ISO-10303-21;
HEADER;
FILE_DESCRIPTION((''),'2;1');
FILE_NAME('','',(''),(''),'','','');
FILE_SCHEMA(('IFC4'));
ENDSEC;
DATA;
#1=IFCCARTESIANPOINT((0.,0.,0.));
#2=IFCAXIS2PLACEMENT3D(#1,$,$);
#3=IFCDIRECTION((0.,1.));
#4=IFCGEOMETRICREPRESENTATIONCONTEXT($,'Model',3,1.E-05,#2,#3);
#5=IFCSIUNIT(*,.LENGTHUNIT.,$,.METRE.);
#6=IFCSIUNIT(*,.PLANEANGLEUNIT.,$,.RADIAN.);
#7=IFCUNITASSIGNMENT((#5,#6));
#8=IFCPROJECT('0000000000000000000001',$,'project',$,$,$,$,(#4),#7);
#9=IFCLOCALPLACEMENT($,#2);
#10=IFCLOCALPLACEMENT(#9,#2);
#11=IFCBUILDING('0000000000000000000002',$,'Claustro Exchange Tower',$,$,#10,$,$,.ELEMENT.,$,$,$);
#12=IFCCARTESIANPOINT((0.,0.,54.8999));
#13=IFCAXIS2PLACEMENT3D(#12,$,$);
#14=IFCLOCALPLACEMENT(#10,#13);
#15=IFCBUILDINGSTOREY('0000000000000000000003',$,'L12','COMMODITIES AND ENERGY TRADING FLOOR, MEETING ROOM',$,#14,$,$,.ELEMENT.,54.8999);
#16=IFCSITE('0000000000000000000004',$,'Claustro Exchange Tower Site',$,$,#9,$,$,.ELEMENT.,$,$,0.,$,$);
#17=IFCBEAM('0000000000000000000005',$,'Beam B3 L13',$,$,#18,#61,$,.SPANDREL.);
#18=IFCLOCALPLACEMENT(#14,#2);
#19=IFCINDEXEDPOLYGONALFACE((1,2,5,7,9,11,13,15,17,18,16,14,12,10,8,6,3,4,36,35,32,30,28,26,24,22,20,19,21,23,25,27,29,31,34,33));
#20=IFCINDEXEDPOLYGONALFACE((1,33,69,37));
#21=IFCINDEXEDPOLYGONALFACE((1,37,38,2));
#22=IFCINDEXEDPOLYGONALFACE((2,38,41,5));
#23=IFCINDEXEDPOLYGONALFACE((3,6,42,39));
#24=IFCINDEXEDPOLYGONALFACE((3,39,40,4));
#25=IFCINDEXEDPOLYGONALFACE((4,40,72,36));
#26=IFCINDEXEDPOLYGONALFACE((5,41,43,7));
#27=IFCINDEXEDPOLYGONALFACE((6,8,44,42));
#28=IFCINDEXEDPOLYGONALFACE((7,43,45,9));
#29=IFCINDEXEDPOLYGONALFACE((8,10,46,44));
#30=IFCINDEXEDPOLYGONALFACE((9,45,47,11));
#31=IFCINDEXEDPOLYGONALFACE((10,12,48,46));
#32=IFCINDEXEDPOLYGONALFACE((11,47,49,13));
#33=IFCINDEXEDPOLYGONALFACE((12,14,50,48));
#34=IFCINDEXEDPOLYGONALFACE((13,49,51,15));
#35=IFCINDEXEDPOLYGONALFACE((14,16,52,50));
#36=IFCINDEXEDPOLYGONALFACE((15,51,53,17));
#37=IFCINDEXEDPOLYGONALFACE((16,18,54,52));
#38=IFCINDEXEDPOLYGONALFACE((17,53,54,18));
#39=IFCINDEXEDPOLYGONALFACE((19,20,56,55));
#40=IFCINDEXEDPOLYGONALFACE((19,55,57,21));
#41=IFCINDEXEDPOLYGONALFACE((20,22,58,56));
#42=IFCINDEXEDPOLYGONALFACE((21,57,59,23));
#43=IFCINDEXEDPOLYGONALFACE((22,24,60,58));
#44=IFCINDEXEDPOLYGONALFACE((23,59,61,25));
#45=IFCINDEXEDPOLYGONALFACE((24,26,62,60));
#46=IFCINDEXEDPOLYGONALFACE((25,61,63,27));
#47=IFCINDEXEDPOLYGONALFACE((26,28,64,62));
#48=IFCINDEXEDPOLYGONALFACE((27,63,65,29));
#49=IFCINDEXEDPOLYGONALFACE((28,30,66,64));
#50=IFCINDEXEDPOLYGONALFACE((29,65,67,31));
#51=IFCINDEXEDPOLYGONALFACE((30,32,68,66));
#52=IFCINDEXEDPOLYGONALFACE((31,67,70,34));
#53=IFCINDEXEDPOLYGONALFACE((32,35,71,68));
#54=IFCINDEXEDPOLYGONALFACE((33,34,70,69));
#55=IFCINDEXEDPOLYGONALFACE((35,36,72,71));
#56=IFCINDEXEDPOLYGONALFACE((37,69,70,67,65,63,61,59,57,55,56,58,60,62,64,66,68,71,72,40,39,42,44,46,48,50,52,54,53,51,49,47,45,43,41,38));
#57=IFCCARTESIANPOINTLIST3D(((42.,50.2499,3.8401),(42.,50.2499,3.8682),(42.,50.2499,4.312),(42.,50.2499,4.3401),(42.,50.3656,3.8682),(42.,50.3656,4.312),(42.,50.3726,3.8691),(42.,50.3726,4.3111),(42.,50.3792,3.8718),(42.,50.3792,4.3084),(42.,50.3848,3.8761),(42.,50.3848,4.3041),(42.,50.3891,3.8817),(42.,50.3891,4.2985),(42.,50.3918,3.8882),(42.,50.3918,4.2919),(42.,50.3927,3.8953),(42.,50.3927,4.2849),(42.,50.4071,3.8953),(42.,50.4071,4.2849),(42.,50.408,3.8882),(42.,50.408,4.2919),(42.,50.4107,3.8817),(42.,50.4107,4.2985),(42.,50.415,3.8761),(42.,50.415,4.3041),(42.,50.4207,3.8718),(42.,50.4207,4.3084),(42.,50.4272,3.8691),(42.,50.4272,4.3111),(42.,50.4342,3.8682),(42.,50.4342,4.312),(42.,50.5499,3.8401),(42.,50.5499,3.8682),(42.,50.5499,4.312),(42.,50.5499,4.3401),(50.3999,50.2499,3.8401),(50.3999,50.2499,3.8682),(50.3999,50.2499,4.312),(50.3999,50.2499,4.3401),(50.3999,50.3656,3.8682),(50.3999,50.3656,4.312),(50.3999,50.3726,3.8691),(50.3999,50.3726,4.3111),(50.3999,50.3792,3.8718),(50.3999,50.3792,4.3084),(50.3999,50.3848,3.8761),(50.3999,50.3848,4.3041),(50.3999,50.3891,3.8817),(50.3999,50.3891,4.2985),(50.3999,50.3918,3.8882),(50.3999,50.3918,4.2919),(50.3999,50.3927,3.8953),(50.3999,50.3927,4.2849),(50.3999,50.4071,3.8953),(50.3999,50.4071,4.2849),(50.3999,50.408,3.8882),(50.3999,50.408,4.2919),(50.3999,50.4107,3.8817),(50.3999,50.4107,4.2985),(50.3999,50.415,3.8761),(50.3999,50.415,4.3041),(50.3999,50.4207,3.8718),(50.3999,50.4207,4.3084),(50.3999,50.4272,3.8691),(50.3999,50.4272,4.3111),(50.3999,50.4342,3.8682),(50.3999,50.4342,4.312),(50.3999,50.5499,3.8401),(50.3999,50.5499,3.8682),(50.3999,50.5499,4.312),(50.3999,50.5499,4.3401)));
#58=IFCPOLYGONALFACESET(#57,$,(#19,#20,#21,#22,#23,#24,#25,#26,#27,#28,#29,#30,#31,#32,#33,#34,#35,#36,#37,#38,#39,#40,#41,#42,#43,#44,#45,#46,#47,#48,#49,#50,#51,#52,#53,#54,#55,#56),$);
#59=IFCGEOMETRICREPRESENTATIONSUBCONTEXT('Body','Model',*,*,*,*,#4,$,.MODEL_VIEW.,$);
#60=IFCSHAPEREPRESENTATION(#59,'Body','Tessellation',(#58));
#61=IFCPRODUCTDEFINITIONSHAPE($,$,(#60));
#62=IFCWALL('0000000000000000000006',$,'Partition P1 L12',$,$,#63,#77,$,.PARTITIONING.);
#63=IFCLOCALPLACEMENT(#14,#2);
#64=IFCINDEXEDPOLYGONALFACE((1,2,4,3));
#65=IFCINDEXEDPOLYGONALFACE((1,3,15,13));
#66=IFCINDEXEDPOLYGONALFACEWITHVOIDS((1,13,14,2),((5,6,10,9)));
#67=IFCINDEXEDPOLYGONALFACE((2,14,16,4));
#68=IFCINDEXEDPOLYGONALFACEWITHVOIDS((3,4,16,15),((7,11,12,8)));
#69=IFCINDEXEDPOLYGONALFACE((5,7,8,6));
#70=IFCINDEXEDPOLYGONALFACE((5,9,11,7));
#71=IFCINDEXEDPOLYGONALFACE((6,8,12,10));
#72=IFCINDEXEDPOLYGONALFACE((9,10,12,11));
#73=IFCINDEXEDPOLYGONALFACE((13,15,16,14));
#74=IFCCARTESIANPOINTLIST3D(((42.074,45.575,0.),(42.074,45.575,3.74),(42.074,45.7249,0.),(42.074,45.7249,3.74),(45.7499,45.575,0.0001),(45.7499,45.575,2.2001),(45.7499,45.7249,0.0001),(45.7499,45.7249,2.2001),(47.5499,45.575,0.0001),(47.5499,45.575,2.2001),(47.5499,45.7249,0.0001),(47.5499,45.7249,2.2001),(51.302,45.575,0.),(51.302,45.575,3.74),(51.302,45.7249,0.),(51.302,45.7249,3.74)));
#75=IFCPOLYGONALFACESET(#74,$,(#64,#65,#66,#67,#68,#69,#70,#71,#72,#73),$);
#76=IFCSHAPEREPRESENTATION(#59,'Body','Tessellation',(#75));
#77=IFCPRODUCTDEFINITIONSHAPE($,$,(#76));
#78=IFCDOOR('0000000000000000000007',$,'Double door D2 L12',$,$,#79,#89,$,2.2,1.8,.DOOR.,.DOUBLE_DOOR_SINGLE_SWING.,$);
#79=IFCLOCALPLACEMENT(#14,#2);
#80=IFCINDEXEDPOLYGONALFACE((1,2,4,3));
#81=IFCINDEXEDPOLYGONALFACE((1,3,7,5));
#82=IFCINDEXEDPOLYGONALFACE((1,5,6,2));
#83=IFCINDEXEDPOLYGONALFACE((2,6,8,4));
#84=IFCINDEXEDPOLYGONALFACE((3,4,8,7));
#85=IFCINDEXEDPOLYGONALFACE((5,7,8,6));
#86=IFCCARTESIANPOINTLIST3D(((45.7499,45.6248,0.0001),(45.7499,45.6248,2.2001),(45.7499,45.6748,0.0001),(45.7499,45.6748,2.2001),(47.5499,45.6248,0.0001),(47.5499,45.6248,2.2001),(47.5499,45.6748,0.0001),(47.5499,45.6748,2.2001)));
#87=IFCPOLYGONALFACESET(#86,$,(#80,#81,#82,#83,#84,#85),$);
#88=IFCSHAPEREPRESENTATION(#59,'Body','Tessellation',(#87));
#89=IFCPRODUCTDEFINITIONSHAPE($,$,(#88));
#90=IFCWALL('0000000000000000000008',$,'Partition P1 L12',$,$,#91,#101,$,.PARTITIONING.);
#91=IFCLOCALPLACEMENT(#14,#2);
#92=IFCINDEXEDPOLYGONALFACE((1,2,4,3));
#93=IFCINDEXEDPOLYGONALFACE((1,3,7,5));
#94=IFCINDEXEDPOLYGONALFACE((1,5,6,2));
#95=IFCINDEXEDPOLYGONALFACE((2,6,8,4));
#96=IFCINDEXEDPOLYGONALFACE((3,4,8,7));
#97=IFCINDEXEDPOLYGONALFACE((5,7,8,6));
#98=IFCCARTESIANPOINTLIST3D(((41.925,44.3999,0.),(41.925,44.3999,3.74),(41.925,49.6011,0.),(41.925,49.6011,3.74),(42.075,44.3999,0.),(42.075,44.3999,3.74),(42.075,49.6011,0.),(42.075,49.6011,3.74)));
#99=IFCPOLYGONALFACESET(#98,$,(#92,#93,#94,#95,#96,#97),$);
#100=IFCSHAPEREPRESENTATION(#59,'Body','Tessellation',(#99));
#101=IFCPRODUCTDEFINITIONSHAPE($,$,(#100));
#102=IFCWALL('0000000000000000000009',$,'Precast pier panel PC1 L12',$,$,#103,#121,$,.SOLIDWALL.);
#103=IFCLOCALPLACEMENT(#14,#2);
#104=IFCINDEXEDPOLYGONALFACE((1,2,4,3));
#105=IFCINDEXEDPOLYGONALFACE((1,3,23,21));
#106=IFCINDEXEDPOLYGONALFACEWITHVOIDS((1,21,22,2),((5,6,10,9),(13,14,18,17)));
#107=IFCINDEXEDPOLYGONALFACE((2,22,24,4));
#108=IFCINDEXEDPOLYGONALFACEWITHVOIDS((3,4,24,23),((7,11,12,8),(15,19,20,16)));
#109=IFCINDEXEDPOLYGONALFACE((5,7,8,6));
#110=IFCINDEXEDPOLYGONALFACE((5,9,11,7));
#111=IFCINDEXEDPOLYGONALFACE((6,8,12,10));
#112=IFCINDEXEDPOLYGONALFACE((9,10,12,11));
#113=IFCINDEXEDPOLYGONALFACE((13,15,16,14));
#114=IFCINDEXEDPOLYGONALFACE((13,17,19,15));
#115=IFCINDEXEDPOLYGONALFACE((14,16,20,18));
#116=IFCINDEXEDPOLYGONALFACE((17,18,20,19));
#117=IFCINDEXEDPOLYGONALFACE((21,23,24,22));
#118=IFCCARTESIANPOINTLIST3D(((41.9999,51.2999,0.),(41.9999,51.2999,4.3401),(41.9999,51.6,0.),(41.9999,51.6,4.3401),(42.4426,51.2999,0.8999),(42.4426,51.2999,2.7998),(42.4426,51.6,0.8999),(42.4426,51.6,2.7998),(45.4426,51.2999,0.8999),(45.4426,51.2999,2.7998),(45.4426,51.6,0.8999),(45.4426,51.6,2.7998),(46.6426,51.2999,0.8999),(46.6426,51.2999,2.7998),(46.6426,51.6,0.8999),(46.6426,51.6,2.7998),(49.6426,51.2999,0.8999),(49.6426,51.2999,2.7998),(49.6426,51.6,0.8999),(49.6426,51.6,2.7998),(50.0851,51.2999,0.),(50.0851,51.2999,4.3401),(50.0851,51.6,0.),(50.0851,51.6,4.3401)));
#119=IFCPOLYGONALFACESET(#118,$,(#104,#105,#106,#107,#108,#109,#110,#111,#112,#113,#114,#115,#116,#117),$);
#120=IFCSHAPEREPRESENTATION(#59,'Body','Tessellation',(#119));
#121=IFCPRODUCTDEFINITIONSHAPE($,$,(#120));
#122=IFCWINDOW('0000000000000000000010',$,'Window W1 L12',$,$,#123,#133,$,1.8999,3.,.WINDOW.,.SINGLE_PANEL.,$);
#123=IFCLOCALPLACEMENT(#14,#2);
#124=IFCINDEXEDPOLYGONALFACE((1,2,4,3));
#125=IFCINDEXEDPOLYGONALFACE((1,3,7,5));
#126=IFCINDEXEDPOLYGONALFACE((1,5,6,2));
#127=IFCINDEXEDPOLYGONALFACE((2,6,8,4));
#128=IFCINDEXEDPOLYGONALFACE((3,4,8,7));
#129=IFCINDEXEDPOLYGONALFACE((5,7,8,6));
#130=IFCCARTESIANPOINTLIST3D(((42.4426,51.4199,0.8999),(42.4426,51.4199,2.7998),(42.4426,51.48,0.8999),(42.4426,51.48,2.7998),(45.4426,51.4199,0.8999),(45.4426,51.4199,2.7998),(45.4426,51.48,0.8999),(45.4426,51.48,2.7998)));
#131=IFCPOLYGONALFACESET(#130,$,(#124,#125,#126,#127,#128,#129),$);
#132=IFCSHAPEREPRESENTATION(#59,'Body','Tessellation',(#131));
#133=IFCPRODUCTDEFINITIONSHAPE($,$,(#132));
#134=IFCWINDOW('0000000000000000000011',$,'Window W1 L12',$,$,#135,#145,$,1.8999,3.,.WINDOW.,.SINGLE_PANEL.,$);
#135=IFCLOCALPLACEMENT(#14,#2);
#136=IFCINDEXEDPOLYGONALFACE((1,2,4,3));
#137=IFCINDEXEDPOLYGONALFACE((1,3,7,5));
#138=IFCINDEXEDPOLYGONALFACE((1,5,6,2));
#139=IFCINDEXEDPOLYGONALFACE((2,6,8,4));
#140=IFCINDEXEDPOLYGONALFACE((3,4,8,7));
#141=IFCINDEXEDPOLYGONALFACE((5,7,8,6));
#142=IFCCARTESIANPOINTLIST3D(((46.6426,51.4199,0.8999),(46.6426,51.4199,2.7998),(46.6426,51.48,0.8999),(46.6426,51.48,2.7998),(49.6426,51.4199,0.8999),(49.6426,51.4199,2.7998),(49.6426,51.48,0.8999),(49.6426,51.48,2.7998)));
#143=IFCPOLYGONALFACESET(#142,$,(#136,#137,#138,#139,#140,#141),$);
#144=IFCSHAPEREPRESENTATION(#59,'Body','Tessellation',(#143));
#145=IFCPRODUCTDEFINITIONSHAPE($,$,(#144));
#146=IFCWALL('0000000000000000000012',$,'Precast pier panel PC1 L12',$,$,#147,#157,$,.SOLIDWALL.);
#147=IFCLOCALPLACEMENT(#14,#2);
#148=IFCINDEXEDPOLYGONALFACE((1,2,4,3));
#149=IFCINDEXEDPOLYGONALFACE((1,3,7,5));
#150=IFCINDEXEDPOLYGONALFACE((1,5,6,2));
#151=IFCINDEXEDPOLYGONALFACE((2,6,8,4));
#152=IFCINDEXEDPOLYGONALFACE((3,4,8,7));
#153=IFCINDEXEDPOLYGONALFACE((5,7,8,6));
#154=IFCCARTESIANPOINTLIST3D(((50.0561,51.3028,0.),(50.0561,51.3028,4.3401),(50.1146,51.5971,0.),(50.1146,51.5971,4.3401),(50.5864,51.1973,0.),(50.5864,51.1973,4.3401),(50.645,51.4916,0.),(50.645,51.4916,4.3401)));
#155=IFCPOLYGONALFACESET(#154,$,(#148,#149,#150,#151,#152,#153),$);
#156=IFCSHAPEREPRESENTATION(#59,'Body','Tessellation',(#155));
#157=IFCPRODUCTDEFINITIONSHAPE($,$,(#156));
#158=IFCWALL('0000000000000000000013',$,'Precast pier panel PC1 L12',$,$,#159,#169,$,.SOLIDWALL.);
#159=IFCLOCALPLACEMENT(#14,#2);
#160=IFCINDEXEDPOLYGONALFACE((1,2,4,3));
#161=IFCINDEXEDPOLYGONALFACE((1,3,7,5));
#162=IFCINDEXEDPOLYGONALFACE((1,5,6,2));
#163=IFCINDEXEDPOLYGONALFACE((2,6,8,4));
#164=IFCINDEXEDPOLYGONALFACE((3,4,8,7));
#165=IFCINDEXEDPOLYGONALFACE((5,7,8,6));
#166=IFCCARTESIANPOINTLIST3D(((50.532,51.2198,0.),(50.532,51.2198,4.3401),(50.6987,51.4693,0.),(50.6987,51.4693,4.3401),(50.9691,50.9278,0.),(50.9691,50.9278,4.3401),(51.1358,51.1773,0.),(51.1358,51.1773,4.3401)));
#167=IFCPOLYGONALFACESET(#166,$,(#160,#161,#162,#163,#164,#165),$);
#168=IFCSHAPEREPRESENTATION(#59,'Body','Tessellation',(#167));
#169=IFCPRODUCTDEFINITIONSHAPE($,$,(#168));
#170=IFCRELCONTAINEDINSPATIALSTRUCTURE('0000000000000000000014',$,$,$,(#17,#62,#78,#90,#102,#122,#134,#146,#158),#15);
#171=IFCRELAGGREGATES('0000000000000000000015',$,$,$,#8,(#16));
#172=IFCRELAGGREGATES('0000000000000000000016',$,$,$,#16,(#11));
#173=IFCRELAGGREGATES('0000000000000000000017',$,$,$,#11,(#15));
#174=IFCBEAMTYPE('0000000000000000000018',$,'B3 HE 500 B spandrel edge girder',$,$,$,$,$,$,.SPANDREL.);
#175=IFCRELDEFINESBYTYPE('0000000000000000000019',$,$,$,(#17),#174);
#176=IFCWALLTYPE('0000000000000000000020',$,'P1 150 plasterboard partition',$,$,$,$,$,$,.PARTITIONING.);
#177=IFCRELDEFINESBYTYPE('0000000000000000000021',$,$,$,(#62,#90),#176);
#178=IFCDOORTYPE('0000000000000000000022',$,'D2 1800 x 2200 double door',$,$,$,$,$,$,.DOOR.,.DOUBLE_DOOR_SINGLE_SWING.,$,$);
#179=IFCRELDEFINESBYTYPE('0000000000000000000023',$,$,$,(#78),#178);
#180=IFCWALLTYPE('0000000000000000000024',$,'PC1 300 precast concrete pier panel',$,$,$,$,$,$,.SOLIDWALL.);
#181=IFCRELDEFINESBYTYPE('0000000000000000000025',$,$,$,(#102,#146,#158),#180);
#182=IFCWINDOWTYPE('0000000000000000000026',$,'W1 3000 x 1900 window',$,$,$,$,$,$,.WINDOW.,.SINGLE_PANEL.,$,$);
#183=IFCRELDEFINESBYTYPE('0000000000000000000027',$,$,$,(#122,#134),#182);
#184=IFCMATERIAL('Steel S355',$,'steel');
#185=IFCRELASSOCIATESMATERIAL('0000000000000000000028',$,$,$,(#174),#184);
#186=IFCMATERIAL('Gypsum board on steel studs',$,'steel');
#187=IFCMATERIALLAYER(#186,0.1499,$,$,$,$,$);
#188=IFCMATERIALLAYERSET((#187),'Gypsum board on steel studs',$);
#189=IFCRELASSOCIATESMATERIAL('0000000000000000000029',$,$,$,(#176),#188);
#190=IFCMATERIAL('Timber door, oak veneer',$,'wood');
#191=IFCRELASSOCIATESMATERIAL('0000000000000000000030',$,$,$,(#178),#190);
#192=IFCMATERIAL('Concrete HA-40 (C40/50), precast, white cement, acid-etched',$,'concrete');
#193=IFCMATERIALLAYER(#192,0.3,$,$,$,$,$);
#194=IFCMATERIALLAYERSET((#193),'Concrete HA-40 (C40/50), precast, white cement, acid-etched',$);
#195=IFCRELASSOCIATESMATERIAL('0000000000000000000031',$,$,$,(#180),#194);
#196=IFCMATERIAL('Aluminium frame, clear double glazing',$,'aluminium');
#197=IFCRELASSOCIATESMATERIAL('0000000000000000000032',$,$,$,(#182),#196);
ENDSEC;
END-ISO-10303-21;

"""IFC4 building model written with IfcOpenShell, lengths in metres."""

from ifc_helpers import new_model, si_unit, direction, frame, frame_2d, origin, origin_2d, place, context, subcontext, project, spatial, rectangle, i_section, extrude, material, layer, layer_set, material_profile, profile_set, type_object, element, fill, save


model = new_model("IFC4")

# Units and contexts
model_context = context("Model", 3, precision=1e-05, world=origin(), true_north=direction((0.0, 1.0)))
body_context = subcontext(model_context, "Body", "Model", "MODEL_VIEW")
ifc_project = project(units=[si_unit("LENGTHUNIT", "METRE"), si_unit("PLANEANGLEUNIT", "RADIAN")], contexts=[model_context])

# Site, building, storey
site_placement = place(None, origin())
site = spatial("IfcSite", under=ifc_project, at=site_placement, Name="Claustro Exchange Tower Site", CompositionType="ELEMENT", RefElevation=0.0)
building_placement = place(site_placement, origin())
building = spatial("IfcBuilding", under=site, at=building_placement, Name="Claustro Exchange Tower", CompositionType="ELEMENT")
storey_placement = place(building_placement, frame((0.0, 0.0, 54.8999)))
storey = spatial("IfcBuildingStorey", under=building, at=storey_placement, Name="L12", Description="COMMODITIES AND ENERGY TRADING FLOOR, MEETING ROOM", CompositionType="ELEMENT", Elevation=54.8999)

# Beam
ifc_material_1 = material(Name="Steel S355", Category="steel")
ifc_material_profile_1 = material_profile(ifc_material_1, i_section(OverallWidth=0.3, OverallDepth=0.5, WebThickness=0.0144, FlangeThickness=0.0281, FilletRadius=0.0271, at=origin_2d()), Name="HE 500 B")
ifc_profile_set_1 = profile_set([ifc_material_profile_1], Name="Steel S355")
beam_type_1 = type_object("IfcBeamType", Name="B3 HE 500 B spandrel edge girder", PredefinedType="SPANDREL", material=ifc_profile_set_1)
for number, where, z_axis, x_axis, name in (
    (1, (42.0, 50.3999, 4.0901), (1.0, 0.0, 0.0), (0.0, 1.0, 0.0), "Beam B3 L13"),
):
    element("IfcBeam", number, at=place(storey_placement, frame(where, z_axis=z_axis, x_axis=x_axis)), inside=storey, type_object=beam_type_1, Name=name, PredefinedType="SPANDREL", context=body_context, shape_type="SweptSolid", body=[
        extrude(i_section(OverallWidth=0.3, OverallDepth=0.5, WebThickness=0.0144, FlangeThickness=0.0281, FilletRadius=0.0271, at=origin_2d()), origin(), (0.0, 0.0, 1.0), 8.3999),
    ])

# Wall, opening, door
ifc_material_2 = material(Name="Gypsum board on steel studs", Category="steel")
ifc_layer_1 = layer(ifc_material_2, 0.1499)
ifc_layer_set_1 = layer_set([ifc_layer_1], Name="Gypsum board on steel studs")
wall_type_1 = type_object("IfcWallType", Name="P1 150 plasterboard partition", PredefinedType="PARTITIONING", material=ifc_layer_set_1)
wall_1_placement = place(storey_placement, frame((42.074, 45.6499, 0.0), z_axis=(0.0, 0.0, 1.0), x_axis=(1.0, 0.0, 0.0)))
wall_1 = element("IfcWall", 2, at=wall_1_placement, inside=storey, type_object=wall_type_1, Name="Partition P1 L12", PredefinedType="PARTITIONING", context=body_context, shape_type="SweptSolid", body=[
    extrude(rectangle(XDim=9.228, YDim=0.1499, at=frame_2d((4.614, 0.0))), origin(), (0.0, 0.0, 1.0), 3.74),
])
opening_1_placement = place(wall_1_placement, frame((3.676, 0.0, 0.0)))
opening_1 = element("IfcOpeningElement", 3, at=opening_1_placement, cuts=wall_1, PredefinedType="OPENING", context=body_context, shape_type="SweptSolid", body=[
    extrude(rectangle(XDim=1.8, YDim=2.2, at=frame_2d((0.8999, 1.1001))), frame((0.0, 0.085, 0.0), z_axis=(0.0, -1.0, 0.0), x_axis=(1.0, 0.0, 0.0)), (0.0, 0.0, 1.0), 0.1699),
])
ifc_material_3 = material(Name="Timber door, oak veneer", Category="wood")
door_type = type_object("IfcDoorType", Name="D2 1800 x 2200 double door", OperationType="DOUBLE_DOOR_SINGLE_SWING", PredefinedType="DOOR", material=ifc_material_3)
door_placement = place(opening_1_placement, origin())
door = element("IfcDoor", 4, at=door_placement, inside=storey, type_object=door_type, Name="Double door D2 L12", OperationType="DOUBLE_DOOR_SINGLE_SWING", OverallHeight=2.2, OverallWidth=1.8, PredefinedType="DOOR", context=body_context, shape_type="SweptSolid", body=[
    extrude(rectangle(XDim=1.8, YDim=2.2, at=frame_2d((0.8999, 1.1001))), frame((0.0, 0.0249, 0.0), z_axis=(0.0, -1.0, 0.0), x_axis=(1.0, 0.0, 0.0)), (0.0, 0.0, 1.0), 0.05),
])
fill(opening_1, door)

# Wall
wall_2_placement = place(storey_placement, frame((42.0, 44.3999, 0.0), z_axis=(0.0, 0.0, 1.0), x_axis=(0.0, 1.0, 0.0)))
element("IfcWall", 5, at=wall_2_placement, inside=storey, type_object=wall_type_1, Name="Partition P1 L12", PredefinedType="PARTITIONING", context=body_context, shape_type="SweptSolid", body=[
    extrude(rectangle(XDim=5.2012, YDim=0.1499, at=frame_2d((2.6006, 0.0))), origin(), (0.0, 0.0, 1.0), 3.74),
])

# Wall, openings, windows
ifc_material_4 = material(Name="Concrete HA-40 (C40/50), precast, white cement, acid-etched", Category="concrete")
ifc_layer_2 = layer(ifc_material_4, 0.3)
ifc_layer_set_2 = layer_set([ifc_layer_2], Name="Concrete HA-40 (C40/50), precast, white cement, acid-etched")
wall_type_2 = type_object("IfcWallType", Name="PC1 300 precast concrete pier panel", PredefinedType="SOLIDWALL", material=ifc_layer_set_2)
wall_3_placement = place(storey_placement, frame((42.0, 51.45, 0.0), z_axis=(0.0, 0.0, 1.0), x_axis=(1.0, 0.0, 0.0)))
wall_3 = element("IfcWall", 6, at=wall_3_placement, inside=storey, type_object=wall_type_2, Name="Precast pier panel PC1 L12", PredefinedType="SOLIDWALL", context=body_context, shape_type="SweptSolid", body=[
    extrude(rectangle(XDim=8.0852, YDim=0.3, at=frame_2d((4.0425, 0.0))), origin(), (0.0, 0.0, 1.0), 4.3401),
])
opening_2_placement = place(wall_3_placement, frame((0.4426, 0.0, 0.8999)))
opening_2 = element("IfcOpeningElement", 7, at=opening_2_placement, cuts=wall_3, PredefinedType="OPENING", context=body_context, shape_type="SweptSolid", body=[
    extrude(rectangle(XDim=3.0, YDim=1.8999, at=frame_2d((1.5, 0.95))), frame((0.0, 0.1599, 0.0), z_axis=(0.0, -1.0, 0.0), x_axis=(1.0, 0.0, 0.0)), (0.0, 0.0, 1.0), 0.3201),
])
opening_3_placement = place(wall_3_placement, frame((4.6426, 0.0, 0.8999)))
opening_3 = element("IfcOpeningElement", 8, at=opening_3_placement, cuts=wall_3, PredefinedType="OPENING", context=body_context, shape_type="SweptSolid", body=[
    extrude(rectangle(XDim=3.0, YDim=1.8999, at=frame_2d((1.5, 0.95))), frame((0.0, 0.1599, 0.0), z_axis=(0.0, -1.0, 0.0), x_axis=(1.0, 0.0, 0.0)), (0.0, 0.0, 1.0), 0.3201),
])
ifc_material_5 = material(Name="Aluminium frame, clear double glazing", Category="aluminium")
window_type_1 = type_object("IfcWindowType", Name="W1 3000 x 1900 window", PartitioningType="SINGLE_PANEL", PredefinedType="WINDOW", material=ifc_material_5)
window_1_placement = place(opening_2_placement, origin())
window_1 = element("IfcWindow", 9, at=window_1_placement, inside=storey, type_object=window_type_1, Name="Window W1 L12", OverallHeight=1.8999, OverallWidth=3.0, PartitioningType="SINGLE_PANEL", PredefinedType="WINDOW", context=body_context, shape_type="SweptSolid", body=[
    extrude(rectangle(XDim=3.0, YDim=1.8999, at=frame_2d((1.5, 0.95))), frame((0.0, 0.03, 0.0), z_axis=(0.0, -1.0, 0.0), x_axis=(1.0, 0.0, 0.0)), (0.0, 0.0, 1.0), 0.0601),
])
fill(opening_2, window_1)
window_2_placement = place(opening_3_placement, origin())
window_2 = element("IfcWindow", 10, at=window_2_placement, inside=storey, type_object=window_type_1, Name="Window W1 L12", OverallHeight=1.8999, OverallWidth=3.0, PartitioningType="SINGLE_PANEL", PredefinedType="WINDOW", context=body_context, shape_type="SweptSolid", body=[
    extrude(rectangle(XDim=3.0, YDim=1.8999, at=frame_2d((1.5, 0.95))), frame((0.0, 0.03, 0.0), z_axis=(0.0, -1.0, 0.0), x_axis=(1.0, 0.0, 0.0)), (0.0, 0.0, 1.0), 0.0601),
])
fill(opening_3, window_2)

# Walls
wall_4_placement = place(storey_placement, frame((50.0852, 51.45, 0.0), z_axis=(0.0, 0.0, 1.0), x_axis=(0.980789, -0.195074, 0.0)))
element("IfcWall", 11, at=wall_4_placement, inside=storey, type_object=wall_type_2, Name="Precast pier panel PC1 L12", PredefinedType="SOLIDWALL", context=body_context, shape_type="SweptSolid", body=[
    extrude(rectangle(XDim=0.5408, YDim=0.3, at=frame_2d((0.2705, 0.0))), origin(), (0.0, 0.0, 1.0), 4.3401),
])
for number, where, z_axis, x_axis, name in (
    (12, (50.6155, 51.3445, 0.0), (0.0, 0.0, 1.0), (0.831478, -0.555557, 0.0), "Precast pier panel PC1 L12"),
):
    element("IfcWall", number, at=place(storey_placement, frame(where, z_axis=z_axis, x_axis=x_axis)), inside=storey, type_object=wall_type_2, Name=name, PredefinedType="SOLIDWALL", context=body_context, shape_type="SweptSolid", body=[
        extrude(rectangle(XDim=0.5256, YDim=0.3, at=frame_2d((0.2627, 0.0))), origin(), (0.0, 0.0, 1.0), 4.3401),
    ])

save(model, "model.ifc")
